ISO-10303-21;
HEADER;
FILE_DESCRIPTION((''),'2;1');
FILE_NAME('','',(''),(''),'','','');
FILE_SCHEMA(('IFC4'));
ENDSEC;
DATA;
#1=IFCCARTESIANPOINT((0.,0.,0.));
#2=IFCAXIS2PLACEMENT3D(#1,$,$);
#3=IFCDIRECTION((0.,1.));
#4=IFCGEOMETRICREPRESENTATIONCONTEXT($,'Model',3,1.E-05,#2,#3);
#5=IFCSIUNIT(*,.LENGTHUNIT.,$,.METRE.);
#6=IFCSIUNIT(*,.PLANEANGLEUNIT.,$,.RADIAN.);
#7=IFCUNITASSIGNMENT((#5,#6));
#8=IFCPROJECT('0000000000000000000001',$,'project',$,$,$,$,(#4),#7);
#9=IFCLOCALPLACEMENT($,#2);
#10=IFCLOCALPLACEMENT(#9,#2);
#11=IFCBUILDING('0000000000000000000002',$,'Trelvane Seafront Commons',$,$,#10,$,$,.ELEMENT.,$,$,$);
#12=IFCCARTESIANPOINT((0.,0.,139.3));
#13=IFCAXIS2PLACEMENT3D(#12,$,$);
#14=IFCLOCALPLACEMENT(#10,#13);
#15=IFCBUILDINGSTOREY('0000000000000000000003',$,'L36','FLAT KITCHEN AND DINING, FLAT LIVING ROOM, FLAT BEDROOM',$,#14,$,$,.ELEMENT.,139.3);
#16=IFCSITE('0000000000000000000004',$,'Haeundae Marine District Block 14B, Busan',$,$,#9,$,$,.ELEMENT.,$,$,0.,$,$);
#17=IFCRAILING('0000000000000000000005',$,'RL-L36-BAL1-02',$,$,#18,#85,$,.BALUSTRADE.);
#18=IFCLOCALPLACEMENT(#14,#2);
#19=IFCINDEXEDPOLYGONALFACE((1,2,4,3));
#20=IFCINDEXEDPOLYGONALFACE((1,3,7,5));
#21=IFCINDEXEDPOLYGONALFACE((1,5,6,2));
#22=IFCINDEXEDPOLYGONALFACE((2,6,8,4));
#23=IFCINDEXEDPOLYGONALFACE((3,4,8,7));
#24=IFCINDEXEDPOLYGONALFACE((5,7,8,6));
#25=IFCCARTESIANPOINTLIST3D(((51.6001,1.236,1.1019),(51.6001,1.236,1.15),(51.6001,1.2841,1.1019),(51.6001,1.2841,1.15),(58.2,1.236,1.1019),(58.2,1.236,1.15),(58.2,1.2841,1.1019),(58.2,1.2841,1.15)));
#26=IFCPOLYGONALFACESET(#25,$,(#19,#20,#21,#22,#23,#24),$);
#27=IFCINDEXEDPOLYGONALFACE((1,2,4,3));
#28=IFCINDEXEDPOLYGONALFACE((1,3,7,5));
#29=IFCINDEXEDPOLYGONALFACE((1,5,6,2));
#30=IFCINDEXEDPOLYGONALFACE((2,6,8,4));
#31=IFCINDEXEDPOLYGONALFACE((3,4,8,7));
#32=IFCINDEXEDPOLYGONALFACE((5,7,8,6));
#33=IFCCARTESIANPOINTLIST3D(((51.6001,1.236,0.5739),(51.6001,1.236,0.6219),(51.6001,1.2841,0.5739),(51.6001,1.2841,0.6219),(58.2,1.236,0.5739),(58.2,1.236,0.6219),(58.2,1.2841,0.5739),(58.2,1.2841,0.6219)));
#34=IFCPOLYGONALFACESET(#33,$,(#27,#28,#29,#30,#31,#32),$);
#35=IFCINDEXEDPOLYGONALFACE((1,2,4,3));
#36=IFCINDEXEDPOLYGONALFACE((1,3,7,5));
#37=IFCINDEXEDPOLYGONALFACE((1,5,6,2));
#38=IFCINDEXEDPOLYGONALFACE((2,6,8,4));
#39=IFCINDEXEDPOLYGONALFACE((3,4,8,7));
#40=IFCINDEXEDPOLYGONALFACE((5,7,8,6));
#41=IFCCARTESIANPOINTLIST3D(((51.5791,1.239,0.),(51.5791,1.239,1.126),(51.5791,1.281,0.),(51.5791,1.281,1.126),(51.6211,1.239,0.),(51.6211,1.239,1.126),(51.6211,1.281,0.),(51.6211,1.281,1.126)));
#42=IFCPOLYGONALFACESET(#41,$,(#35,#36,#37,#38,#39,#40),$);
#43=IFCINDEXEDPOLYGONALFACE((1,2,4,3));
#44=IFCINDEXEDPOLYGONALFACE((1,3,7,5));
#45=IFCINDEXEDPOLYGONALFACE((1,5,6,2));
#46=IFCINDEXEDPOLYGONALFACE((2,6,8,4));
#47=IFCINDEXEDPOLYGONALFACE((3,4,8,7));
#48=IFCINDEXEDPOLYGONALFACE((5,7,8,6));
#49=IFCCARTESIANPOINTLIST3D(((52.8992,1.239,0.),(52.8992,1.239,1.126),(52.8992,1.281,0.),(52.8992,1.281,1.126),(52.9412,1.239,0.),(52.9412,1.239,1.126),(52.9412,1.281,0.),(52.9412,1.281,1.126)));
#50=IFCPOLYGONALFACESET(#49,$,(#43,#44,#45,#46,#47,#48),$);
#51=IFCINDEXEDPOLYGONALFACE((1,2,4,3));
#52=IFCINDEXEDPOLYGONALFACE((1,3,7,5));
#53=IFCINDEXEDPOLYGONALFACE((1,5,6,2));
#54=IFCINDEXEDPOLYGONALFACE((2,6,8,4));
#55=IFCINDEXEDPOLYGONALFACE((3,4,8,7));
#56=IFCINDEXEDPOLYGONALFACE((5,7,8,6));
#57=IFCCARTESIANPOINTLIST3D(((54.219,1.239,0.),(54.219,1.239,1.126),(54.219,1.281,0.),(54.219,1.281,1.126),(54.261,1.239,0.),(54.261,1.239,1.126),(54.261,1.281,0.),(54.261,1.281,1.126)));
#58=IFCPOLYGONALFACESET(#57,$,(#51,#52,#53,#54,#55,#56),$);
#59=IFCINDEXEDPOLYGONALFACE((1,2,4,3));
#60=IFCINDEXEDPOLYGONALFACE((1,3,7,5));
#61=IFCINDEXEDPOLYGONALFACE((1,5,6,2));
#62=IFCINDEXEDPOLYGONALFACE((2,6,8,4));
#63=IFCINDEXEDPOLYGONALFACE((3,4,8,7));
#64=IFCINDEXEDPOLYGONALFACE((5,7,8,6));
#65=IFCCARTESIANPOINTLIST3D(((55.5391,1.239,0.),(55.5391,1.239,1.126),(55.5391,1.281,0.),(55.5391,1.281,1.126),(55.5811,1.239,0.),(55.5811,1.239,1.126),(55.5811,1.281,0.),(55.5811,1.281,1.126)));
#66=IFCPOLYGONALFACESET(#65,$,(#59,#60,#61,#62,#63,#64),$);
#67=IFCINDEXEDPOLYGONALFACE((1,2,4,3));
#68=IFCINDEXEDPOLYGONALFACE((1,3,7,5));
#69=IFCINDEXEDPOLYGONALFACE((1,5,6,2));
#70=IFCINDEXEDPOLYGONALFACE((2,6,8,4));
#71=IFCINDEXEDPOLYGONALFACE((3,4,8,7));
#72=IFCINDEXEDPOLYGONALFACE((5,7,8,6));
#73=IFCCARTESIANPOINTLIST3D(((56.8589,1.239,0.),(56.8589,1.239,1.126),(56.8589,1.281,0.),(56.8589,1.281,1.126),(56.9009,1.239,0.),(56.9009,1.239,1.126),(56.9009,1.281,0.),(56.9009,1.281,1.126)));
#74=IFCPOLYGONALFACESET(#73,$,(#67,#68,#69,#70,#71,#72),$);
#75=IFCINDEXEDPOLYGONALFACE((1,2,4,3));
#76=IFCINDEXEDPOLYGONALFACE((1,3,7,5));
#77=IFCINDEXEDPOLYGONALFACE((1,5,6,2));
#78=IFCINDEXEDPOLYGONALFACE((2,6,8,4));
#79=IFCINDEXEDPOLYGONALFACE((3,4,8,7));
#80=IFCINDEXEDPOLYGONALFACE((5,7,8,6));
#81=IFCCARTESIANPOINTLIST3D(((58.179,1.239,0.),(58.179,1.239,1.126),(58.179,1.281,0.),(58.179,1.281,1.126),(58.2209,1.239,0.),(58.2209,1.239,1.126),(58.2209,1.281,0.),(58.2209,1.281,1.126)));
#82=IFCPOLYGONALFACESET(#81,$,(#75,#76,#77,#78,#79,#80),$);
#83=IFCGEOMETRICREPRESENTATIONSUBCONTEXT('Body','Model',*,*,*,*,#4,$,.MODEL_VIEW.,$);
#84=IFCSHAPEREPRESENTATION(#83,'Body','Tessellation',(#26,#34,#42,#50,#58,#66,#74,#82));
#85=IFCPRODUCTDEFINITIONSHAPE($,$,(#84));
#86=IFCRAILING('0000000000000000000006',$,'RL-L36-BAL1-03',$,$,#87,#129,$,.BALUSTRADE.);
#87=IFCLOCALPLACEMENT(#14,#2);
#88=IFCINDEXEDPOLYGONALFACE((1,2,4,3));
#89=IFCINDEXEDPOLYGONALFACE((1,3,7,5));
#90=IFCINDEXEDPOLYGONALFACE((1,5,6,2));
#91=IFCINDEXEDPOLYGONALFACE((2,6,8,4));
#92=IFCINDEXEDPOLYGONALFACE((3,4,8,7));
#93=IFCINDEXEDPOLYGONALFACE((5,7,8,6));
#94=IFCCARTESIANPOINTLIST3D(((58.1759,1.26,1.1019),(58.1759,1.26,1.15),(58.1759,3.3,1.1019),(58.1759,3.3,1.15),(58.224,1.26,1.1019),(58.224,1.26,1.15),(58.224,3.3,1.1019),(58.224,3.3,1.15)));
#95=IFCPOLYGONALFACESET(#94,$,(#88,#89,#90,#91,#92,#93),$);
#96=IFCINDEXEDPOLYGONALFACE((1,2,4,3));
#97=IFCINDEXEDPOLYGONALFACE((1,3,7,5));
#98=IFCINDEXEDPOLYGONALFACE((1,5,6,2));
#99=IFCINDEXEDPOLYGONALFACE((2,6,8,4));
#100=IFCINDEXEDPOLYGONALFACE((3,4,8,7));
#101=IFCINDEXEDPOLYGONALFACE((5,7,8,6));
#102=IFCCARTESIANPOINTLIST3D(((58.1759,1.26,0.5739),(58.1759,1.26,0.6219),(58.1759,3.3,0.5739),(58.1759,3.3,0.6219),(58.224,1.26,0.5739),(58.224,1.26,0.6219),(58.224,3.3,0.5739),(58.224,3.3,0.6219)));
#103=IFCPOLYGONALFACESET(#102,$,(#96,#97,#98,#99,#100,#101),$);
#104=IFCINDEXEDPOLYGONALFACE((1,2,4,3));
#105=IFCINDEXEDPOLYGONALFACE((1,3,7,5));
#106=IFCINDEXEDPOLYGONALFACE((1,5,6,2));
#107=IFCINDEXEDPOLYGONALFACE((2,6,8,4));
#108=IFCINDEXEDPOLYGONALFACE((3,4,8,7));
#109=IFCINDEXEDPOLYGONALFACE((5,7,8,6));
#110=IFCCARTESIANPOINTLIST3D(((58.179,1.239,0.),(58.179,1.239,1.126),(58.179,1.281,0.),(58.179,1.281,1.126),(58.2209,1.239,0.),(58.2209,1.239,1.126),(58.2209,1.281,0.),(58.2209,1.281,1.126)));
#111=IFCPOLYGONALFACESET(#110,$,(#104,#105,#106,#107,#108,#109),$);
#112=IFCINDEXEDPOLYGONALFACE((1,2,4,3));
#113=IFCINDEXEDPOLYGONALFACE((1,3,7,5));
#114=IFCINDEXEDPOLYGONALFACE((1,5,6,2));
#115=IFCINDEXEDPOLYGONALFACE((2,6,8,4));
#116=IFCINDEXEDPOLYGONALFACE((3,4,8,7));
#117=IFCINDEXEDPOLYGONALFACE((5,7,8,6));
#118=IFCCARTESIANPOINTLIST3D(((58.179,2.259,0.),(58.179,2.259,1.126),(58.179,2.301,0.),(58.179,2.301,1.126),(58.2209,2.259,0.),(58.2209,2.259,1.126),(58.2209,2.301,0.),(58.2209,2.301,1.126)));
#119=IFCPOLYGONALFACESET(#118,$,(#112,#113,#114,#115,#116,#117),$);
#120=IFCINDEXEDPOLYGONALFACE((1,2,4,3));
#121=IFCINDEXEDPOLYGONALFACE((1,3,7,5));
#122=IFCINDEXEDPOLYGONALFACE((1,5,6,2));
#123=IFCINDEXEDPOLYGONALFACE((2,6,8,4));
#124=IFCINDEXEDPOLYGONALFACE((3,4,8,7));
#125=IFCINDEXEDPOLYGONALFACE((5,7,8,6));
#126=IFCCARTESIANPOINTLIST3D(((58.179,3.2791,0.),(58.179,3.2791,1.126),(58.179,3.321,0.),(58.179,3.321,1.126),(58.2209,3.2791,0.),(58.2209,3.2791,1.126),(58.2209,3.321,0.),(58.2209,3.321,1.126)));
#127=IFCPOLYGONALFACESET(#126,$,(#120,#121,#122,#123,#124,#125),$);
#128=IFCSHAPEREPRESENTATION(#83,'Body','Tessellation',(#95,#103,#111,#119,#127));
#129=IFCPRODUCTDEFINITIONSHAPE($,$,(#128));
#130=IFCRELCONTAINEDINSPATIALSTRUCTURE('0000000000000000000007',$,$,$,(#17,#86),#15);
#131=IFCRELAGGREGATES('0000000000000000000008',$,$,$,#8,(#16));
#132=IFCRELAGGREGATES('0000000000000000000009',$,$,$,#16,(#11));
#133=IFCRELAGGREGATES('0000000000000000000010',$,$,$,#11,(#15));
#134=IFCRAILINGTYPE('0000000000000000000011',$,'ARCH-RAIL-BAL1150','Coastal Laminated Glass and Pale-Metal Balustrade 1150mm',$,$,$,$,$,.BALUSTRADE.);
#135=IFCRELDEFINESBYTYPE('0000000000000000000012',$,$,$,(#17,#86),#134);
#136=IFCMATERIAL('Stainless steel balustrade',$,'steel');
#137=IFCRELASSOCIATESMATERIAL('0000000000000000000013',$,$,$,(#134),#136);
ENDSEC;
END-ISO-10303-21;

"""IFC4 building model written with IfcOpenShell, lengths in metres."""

from ifc_helpers import new_model, si_unit, direction, frame, origin, origin_2d, place, context, subcontext, project, spatial, rectangle, extrude, material, type_object, element, save


model = new_model("IFC4")

# Units and contexts
model_context = context("Model", 3, precision=1e-05, world=origin(), true_north=direction((0.0, 1.0)))
body_context = subcontext(model_context, "Body", "Model", "MODEL_VIEW")
ifc_project = project(units=[si_unit("LENGTHUNIT", "METRE"), si_unit("PLANEANGLEUNIT", "RADIAN")], contexts=[model_context])

# Site, building, storey
site_placement = place(None, origin())
site = spatial("IfcSite", under=ifc_project, at=site_placement, Name="Haeundae Marine District Block 14B, Busan", CompositionType="ELEMENT", RefElevation=0.0)
building_placement = place(site_placement, origin())
building = spatial("IfcBuilding", under=site, at=building_placement, Name="Trelvane Seafront Commons", CompositionType="ELEMENT")
storey_placement = place(building_placement, frame((0.0, 0.0, 139.3)))
storey = spatial("IfcBuildingStorey", under=building, at=storey_placement, Name="L36", Description="FLAT KITCHEN AND DINING, FLAT LIVING ROOM, FLAT BEDROOM", CompositionType="ELEMENT", Elevation=139.3)

# Railings
ifc_material_1 = material(Name="Stainless steel balustrade", Category="steel")
railing_type = type_object("IfcRailingType", Name="ARCH-RAIL-BAL1150", Description="Coastal Laminated Glass and Pale-Metal Balustrade 1150mm", PredefinedType="BALUSTRADE", material=ifc_material_1)
railing_1_placement = place(storey_placement, frame((51.6001, 1.26, 0.0)))
element("IfcRailing", 1, at=railing_1_placement, inside=storey, type_object=railing_type, Name="RL-L36-BAL1-02", PredefinedType="BALUSTRADE", context=body_context, shape_type="SweptSolid", body=[
    extrude(rectangle(XDim=0.0481, YDim=0.0481, at=origin_2d()), frame((0.0, 0.0, 1.126), z_axis=(1.0, 0.0, 0.0), x_axis=(0.0, 1.0, 0.0)), (0.0, 0.0, 1.0), 6.5999),
    extrude(rectangle(XDim=0.0481, YDim=0.0481, at=origin_2d()), frame((0.0, 0.0, 0.5979), z_axis=(1.0, 0.0, 0.0), x_axis=(0.0, 1.0, 0.0)), (0.0, 0.0, 1.0), 6.5999),
    extrude(rectangle(XDim=0.042, YDim=0.042, at=origin_2d()), origin(), (0.0, 0.0, 1.0), 1.126),
    extrude(rectangle(XDim=0.042, YDim=0.042, at=origin_2d()), frame((1.3201, 0.0, 0.0)), (0.0, 0.0, 1.0), 1.126),
    extrude(rectangle(XDim=0.042, YDim=0.042, at=origin_2d()), frame((2.6399, 0.0, 0.0)), (0.0, 0.0, 1.0), 1.126),
    extrude(rectangle(XDim=0.042, YDim=0.042, at=origin_2d()), frame((3.96, 0.0, 0.0)), (0.0, 0.0, 1.0), 1.126),
    extrude(rectangle(XDim=0.042, YDim=0.042, at=origin_2d()), frame((5.2798, 0.0, 0.0)), (0.0, 0.0, 1.0), 1.126),
    extrude(rectangle(XDim=0.042, YDim=0.042, at=origin_2d()), frame((6.5999, 0.0, 0.0)), (0.0, 0.0, 1.0), 1.126),
])
railing_2_placement = place(storey_placement, frame((58.2, 1.26, 0.0)))
element("IfcRailing", 2, at=railing_2_placement, inside=storey, type_object=railing_type, Name="RL-L36-BAL1-03", PredefinedType="BALUSTRADE", context=body_context, shape_type="SweptSolid", body=[
    extrude(rectangle(XDim=0.0481, YDim=0.0481, at=origin_2d()), frame((0.0, 0.0, 1.126), z_axis=(0.0, 1.0, 0.0), x_axis=(-1.0, 0.0, 0.0)), (0.0, 0.0, 1.0), 2.04),
    extrude(rectangle(XDim=0.0481, YDim=0.0481, at=origin_2d()), frame((0.0, 0.0, 0.5979), z_axis=(0.0, 1.0, 0.0), x_axis=(-1.0, 0.0, 0.0)), (0.0, 0.0, 1.0), 2.04),
    extrude(rectangle(XDim=0.042, YDim=0.042, at=origin_2d()), origin(), (0.0, 0.0, 1.0), 1.126),
    extrude(rectangle(XDim=0.042, YDim=0.042, at=origin_2d()), frame((0.0, 1.02, 0.0)), (0.0, 0.0, 1.0), 1.126),
    extrude(rectangle(XDim=0.042, YDim=0.042, at=origin_2d()), frame((0.0, 2.04, 0.0)), (0.0, 0.0, 1.0), 1.126),
])

save(model, "model.ifc")
